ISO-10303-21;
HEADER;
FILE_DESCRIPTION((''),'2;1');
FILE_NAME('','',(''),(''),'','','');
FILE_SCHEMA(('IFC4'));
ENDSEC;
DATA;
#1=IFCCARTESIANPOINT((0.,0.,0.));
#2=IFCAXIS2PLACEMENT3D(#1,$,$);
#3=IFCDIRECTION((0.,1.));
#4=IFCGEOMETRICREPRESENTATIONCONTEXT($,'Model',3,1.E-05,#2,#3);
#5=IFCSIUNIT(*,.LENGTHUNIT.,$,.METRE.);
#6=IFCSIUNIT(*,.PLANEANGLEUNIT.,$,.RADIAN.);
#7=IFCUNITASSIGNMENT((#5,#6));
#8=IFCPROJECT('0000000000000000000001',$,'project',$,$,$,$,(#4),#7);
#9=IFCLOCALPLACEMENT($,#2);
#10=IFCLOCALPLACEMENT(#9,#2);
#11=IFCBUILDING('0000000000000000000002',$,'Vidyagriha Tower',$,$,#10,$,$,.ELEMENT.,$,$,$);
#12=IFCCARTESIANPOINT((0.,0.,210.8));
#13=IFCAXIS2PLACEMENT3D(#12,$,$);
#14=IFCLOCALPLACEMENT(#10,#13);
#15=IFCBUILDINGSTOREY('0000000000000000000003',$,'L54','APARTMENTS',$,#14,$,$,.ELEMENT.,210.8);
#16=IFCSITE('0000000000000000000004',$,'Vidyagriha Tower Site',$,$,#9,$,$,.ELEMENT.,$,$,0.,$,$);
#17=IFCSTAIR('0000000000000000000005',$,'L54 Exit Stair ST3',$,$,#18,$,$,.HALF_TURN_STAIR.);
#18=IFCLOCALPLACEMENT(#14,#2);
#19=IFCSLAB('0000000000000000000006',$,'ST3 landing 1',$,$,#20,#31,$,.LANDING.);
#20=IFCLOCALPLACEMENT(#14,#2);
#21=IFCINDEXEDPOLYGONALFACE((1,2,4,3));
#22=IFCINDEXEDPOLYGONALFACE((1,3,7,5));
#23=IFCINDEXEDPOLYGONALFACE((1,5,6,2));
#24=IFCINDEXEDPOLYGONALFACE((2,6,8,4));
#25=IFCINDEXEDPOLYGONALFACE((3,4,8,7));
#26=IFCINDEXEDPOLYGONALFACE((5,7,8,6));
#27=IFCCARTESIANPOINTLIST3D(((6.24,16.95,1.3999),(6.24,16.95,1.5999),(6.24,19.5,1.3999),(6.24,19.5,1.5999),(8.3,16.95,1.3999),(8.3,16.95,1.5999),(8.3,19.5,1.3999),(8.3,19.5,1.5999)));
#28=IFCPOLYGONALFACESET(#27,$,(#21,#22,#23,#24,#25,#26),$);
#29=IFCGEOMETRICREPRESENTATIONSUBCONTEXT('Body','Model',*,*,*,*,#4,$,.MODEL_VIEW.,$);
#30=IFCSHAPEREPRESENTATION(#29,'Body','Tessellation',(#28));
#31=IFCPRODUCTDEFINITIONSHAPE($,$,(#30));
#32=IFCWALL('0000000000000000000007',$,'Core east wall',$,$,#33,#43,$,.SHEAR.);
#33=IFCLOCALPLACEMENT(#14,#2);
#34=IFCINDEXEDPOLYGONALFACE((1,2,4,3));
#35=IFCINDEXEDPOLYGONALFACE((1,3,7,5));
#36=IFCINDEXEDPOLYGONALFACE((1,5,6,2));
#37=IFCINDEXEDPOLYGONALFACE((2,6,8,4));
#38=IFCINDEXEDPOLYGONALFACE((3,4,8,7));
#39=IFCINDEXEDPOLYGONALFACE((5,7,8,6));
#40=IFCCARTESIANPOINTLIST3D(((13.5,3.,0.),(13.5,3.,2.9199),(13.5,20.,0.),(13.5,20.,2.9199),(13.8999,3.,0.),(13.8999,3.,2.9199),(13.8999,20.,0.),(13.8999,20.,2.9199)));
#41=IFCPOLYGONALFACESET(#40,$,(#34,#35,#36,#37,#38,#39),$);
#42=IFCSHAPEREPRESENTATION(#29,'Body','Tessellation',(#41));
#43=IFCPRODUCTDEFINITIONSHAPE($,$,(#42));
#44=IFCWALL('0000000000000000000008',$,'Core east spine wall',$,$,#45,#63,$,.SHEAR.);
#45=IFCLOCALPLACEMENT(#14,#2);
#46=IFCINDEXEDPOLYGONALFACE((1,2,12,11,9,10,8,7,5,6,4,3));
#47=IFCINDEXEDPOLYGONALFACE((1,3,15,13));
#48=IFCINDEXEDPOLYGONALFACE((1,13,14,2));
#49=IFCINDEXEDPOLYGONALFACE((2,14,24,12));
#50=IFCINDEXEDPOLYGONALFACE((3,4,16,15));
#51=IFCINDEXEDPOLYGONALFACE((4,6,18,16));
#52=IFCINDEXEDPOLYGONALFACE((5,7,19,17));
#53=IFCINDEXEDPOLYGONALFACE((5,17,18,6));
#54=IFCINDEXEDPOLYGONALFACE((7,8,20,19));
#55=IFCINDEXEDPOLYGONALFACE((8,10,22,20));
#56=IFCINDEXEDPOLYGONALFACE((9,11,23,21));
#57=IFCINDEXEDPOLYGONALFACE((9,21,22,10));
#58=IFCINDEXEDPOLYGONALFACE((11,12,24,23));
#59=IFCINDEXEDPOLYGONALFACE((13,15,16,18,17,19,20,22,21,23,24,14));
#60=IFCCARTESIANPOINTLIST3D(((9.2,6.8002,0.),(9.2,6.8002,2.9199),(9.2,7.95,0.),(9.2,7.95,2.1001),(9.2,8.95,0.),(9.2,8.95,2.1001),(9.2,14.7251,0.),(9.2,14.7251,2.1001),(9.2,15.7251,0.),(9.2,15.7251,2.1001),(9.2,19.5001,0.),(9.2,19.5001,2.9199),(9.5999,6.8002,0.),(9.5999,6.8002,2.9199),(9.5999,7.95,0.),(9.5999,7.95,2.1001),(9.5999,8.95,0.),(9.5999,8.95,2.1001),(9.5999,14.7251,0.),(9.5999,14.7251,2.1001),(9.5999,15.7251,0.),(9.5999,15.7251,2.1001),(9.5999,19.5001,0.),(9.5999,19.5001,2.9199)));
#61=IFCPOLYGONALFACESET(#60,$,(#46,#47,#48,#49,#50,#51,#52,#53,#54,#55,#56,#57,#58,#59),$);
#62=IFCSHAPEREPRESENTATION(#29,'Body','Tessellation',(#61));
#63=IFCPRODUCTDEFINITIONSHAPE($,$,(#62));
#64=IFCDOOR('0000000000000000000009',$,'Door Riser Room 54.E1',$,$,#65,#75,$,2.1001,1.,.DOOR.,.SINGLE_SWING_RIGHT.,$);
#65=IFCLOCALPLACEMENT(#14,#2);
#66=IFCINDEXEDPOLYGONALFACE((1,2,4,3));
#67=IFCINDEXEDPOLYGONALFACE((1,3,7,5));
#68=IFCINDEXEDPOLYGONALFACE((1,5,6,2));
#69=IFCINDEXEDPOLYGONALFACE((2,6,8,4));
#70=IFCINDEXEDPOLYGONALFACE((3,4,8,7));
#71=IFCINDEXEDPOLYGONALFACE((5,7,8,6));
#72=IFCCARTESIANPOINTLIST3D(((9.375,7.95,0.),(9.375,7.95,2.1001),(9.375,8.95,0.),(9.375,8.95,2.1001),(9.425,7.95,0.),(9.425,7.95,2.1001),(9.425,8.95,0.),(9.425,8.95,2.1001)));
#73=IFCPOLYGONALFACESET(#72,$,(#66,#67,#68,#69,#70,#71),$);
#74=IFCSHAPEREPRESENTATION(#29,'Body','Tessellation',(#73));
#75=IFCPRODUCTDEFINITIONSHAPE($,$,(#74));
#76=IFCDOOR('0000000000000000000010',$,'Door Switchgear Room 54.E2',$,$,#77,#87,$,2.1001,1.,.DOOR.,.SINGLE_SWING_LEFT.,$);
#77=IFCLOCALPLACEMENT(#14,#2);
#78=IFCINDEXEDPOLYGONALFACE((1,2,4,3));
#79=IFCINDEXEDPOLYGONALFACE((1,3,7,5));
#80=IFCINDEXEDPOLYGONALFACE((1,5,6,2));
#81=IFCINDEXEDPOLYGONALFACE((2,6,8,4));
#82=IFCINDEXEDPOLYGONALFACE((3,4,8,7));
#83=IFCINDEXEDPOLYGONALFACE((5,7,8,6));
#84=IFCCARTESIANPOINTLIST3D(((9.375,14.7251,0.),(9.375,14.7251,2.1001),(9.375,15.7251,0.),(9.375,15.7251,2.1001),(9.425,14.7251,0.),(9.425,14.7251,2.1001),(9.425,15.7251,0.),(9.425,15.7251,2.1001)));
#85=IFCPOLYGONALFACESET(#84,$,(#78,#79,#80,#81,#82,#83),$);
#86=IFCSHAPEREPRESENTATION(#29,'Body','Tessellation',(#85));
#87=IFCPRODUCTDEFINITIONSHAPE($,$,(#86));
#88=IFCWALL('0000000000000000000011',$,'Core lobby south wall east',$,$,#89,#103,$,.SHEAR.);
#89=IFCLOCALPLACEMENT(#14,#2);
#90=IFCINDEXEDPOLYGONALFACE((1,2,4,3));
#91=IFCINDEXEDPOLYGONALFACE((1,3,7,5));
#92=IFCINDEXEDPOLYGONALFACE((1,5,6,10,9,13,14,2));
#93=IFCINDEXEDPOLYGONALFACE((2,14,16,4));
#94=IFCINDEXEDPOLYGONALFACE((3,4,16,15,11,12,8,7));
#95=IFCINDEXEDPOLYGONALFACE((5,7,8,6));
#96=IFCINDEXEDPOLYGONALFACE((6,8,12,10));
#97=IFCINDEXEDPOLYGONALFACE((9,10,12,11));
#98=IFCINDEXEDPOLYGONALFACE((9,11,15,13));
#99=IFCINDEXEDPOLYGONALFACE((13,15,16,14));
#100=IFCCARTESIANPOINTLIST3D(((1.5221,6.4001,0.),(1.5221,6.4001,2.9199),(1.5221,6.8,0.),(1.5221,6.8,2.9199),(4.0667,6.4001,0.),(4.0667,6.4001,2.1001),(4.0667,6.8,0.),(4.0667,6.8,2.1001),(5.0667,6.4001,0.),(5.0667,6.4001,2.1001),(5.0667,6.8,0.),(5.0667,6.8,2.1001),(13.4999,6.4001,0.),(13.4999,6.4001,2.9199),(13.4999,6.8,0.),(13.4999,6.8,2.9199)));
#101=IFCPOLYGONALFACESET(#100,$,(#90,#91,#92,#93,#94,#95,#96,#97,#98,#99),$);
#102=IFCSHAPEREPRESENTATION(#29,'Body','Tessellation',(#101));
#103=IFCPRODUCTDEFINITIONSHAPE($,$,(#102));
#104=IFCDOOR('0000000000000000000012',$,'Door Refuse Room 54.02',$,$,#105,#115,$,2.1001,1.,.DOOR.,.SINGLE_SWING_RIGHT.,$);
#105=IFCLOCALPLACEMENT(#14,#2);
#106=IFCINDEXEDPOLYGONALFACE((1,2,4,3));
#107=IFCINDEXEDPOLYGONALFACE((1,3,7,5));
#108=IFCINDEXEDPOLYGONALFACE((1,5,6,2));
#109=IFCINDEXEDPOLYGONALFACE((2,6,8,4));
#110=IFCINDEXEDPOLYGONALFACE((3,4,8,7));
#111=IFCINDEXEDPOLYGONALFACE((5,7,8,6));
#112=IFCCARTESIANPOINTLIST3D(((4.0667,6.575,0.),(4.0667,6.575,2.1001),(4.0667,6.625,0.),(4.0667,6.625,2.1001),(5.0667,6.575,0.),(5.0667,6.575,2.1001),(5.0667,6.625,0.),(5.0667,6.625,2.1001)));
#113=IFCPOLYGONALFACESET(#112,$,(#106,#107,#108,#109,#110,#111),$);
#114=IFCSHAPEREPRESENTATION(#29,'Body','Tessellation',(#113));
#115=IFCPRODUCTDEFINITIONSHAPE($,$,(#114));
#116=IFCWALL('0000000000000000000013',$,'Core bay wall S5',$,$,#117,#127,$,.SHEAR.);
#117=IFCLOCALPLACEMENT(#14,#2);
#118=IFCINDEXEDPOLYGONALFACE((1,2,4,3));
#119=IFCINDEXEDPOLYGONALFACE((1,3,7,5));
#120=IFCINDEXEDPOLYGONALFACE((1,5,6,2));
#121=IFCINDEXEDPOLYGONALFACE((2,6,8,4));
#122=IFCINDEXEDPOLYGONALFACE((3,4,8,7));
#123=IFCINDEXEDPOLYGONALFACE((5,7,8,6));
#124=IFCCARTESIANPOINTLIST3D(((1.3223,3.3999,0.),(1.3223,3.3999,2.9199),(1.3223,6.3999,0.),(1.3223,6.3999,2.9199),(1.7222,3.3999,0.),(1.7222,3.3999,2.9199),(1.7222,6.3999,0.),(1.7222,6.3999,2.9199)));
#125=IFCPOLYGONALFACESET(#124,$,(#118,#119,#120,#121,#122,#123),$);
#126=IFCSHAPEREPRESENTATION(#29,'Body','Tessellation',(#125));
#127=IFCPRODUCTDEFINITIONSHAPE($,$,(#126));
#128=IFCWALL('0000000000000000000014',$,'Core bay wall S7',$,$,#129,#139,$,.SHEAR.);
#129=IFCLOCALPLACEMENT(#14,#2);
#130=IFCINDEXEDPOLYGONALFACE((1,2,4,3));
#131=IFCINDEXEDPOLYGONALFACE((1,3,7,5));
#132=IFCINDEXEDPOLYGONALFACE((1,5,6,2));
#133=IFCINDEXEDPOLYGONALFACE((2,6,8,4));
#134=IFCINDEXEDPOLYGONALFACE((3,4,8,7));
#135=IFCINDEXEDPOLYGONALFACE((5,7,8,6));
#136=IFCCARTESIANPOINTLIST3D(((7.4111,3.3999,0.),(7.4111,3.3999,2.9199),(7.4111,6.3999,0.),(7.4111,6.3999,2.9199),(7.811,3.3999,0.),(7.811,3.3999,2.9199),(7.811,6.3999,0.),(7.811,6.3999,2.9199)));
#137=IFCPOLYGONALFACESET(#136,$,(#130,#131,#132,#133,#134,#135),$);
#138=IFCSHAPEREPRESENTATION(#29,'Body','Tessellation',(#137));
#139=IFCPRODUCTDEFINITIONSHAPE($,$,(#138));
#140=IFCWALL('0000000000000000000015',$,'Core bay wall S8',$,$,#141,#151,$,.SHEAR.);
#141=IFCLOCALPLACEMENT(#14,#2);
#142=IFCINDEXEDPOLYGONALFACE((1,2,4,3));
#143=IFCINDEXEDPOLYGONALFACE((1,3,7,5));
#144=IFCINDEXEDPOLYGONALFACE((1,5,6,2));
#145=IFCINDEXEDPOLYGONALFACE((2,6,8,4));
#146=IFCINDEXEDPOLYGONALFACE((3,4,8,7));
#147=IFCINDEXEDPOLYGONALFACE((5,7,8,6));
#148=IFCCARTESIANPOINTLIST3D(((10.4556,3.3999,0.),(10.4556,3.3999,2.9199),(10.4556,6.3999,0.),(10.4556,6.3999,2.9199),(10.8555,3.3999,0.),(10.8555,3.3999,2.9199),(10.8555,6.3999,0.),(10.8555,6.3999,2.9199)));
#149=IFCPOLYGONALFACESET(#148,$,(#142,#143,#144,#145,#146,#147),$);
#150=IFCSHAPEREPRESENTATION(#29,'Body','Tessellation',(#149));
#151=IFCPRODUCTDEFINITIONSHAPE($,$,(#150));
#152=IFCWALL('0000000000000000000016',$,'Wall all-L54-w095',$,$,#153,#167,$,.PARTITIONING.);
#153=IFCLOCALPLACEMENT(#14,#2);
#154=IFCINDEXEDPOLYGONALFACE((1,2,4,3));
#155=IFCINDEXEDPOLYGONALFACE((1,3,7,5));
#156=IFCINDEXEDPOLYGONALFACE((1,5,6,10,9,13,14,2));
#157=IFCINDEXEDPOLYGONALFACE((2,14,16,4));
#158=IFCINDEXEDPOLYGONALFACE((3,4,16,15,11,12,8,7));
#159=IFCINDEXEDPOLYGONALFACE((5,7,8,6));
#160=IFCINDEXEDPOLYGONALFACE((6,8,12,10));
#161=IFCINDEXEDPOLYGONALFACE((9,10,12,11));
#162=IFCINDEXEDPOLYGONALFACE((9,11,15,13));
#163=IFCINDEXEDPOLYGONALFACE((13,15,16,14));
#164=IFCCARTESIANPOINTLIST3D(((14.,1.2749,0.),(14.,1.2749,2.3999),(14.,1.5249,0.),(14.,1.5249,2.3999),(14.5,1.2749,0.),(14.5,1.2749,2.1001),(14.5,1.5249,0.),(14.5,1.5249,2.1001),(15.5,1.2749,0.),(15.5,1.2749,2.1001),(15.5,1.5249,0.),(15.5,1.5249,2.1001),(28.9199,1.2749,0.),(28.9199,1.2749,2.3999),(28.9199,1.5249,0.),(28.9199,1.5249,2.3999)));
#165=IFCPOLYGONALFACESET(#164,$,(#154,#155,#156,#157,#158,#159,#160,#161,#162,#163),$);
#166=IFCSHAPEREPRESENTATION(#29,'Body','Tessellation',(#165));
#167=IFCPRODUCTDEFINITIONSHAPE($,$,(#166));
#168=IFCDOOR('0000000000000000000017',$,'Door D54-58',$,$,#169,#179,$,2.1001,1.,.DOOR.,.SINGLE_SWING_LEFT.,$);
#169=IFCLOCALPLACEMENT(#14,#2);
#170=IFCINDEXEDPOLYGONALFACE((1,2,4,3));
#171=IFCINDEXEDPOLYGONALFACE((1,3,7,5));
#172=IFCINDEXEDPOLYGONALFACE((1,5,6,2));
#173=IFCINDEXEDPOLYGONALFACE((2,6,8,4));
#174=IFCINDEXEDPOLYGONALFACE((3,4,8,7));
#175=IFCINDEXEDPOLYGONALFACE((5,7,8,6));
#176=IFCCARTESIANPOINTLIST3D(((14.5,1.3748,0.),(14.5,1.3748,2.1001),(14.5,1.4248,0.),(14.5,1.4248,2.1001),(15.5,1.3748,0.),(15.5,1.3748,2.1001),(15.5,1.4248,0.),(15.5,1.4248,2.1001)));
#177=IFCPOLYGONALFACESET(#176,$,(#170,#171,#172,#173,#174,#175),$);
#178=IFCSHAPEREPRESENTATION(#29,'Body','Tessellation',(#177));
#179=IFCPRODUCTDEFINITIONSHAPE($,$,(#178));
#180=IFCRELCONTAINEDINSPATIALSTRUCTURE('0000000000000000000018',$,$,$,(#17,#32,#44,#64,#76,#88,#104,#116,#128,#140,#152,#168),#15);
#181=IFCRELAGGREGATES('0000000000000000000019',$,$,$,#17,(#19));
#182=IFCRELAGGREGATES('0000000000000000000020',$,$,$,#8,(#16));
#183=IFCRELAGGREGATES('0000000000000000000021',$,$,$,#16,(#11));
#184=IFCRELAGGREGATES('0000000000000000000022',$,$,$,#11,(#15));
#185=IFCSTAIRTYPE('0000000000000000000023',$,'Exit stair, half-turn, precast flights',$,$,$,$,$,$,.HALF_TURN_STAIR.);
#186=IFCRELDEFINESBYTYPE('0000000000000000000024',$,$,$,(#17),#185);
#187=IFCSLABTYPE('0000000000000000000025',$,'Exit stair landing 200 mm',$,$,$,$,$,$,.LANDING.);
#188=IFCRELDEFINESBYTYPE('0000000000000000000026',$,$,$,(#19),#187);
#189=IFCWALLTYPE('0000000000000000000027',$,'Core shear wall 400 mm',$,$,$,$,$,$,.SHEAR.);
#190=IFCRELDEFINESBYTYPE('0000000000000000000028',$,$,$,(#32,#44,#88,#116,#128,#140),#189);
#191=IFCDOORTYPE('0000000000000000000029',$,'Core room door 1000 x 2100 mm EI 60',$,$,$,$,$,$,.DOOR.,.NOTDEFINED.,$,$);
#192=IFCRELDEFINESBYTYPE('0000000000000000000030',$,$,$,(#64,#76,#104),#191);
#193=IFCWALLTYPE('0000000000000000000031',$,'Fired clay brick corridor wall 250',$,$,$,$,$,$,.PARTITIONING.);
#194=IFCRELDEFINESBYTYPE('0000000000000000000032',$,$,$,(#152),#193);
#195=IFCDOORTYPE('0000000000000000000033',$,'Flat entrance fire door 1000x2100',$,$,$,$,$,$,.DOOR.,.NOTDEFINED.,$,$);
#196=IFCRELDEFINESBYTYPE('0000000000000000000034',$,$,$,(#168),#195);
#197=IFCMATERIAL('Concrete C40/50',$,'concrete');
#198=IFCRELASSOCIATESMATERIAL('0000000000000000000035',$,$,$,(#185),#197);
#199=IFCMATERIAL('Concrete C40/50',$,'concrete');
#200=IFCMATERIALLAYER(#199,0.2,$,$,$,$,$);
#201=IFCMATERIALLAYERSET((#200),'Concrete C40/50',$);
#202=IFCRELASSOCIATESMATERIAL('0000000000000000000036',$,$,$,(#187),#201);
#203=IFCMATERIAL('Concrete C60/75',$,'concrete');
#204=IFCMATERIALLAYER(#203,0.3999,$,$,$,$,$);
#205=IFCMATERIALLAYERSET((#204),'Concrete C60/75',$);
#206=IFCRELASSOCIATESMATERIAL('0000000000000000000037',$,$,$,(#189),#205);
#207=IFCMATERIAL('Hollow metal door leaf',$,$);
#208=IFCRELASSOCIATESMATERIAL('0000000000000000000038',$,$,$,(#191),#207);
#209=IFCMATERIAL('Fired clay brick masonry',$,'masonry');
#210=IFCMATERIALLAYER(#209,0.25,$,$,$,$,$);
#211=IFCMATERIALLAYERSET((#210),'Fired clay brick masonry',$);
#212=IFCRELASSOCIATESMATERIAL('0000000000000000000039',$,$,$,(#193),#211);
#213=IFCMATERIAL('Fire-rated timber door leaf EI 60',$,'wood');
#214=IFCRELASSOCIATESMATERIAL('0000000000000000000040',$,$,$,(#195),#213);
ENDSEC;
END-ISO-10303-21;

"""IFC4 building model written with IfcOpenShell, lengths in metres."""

from ifc_helpers import new_model, si_unit, direction, frame, frame_2d, origin, place, context, subcontext, project, spatial, polyline, rectangle, outline, extrude, material, layer, layer_set, type_object, element, fill, aggregate, save


model = new_model("IFC4")

# Units and contexts
model_context = context("Model", 3, precision=1e-05, world=origin(), true_north=direction((0.0, 1.0)))
body_context = subcontext(model_context, "Body", "Model", "MODEL_VIEW")
ifc_project = project(units=[si_unit("LENGTHUNIT", "METRE"), si_unit("PLANEANGLEUNIT", "RADIAN")], contexts=[model_context])

# Site, building, storey
site_placement = place(None, origin())
site = spatial("IfcSite", under=ifc_project, at=site_placement, Name="Vidyagriha Tower Site", CompositionType="ELEMENT", RefElevation=0.0)
building_placement = place(site_placement, origin())
building = spatial("IfcBuilding", under=site, at=building_placement, Name="Vidyagriha Tower", CompositionType="ELEMENT")
storey_placement = place(building_placement, frame((0.0, 0.0, 210.8)))
storey = spatial("IfcBuildingStorey", under=building, at=storey_placement, Name="L54", Description="APARTMENTS", CompositionType="ELEMENT", Elevation=210.8)

# Stair, slab
ifc_material_1 = material(Name="Concrete C40/50", Category="concrete")
stair_type = type_object("IfcStairType", Name="Exit stair, half-turn, precast flights", PredefinedType="HALF_TURN_STAIR", material=ifc_material_1)
stair_placement = place(storey_placement, origin())
stair = element("IfcStair", 1, at=stair_placement, inside=storey, type_object=stair_type, Name="L54 Exit Stair ST3", PredefinedType="HALF_TURN_STAIR")
ifc_material_2 = material(Name="Concrete C40/50", Category="concrete")
ifc_layer_1 = layer(ifc_material_2, 0.2)
ifc_layer_set_1 = layer_set([ifc_layer_1], Name="Concrete C40/50")
slab_type = type_object("IfcSlabType", Name="Exit stair landing 200 mm", PredefinedType="LANDING", material=ifc_layer_set_1)
slab_placement = place(storey_placement, frame((0.0, 0.0, 1.3999)))
slab = element("IfcSlab", 2, at=slab_placement, type_object=slab_type, Name="ST3 landing 1", PredefinedType="LANDING", context=body_context, shape_type="SweptSolid", body=[
    extrude(outline(polyline([(6.24, 16.95), (8.3, 16.95), (8.3, 19.5), (6.24, 19.5), (6.24, 16.95)])), origin(), (0.0, 0.0, 1.0), 0.2),
])
aggregate(stair, [slab])

# Wall
ifc_material_3 = material(Name="Concrete C60/75", Category="concrete")
ifc_layer_2 = layer(ifc_material_3, 0.3999)
ifc_layer_set_2 = layer_set([ifc_layer_2], Name="Concrete C60/75")
wall_type_1 = type_object("IfcWallType", Name="Core shear wall 400 mm", PredefinedType="SHEAR", material=ifc_layer_set_2)
wall_1_placement = place(storey_placement, frame((13.7, 3.0, 0.0), z_axis=(0.0, 0.0, 1.0), x_axis=(0.0, 1.0, 0.0)))
element("IfcWall", 3, at=wall_1_placement, inside=storey, type_object=wall_type_1, Name="Core east wall", PredefinedType="SHEAR", context=body_context, shape_type="SweptSolid", body=[
    extrude(rectangle(XDim=17.0, YDim=0.3999, at=frame_2d((8.5, 0.0))), origin(), (0.0, 0.0, 1.0), 2.9199),
])

# Wall, openings, doors
wall_2_placement = place(storey_placement, frame((9.3999, 6.8, 0.0), z_axis=(0.0, 0.0, 1.0), x_axis=(0.0, 1.0, 0.0)))
wall_2 = element("IfcWall", 4, at=wall_2_placement, inside=storey, type_object=wall_type_1, Name="Core east spine wall", PredefinedType="SHEAR", context=body_context, shape_type="SweptSolid", body=[
    extrude(rectangle(XDim=12.7, YDim=0.3999, at=frame_2d((6.3501, 0.0))), origin(), (0.0, 0.0, 1.0), 2.9199),
])
opening_1_placement = place(wall_2_placement, frame((1.1499, 0.0, 0.0)))
opening_1 = element("IfcOpeningElement", 5, at=opening_1_placement, cuts=wall_2, PredefinedType="OPENING", context=body_context, shape_type="SweptSolid", body=[
    extrude(rectangle(XDim=1.0, YDim=2.1001, at=frame_2d((0.5, 1.05))), frame((0.0, 0.21, 0.0), z_axis=(0.0, -1.0, 0.0), x_axis=(1.0, 0.0, 0.0)), (0.0, 0.0, 1.0), 0.4199),
])
opening_2_placement = place(wall_2_placement, frame((7.925, 0.0, 0.0)))
opening_2 = element("IfcOpeningElement", 6, at=opening_2_placement, cuts=wall_2, PredefinedType="OPENING", context=body_context, shape_type="SweptSolid", body=[
    extrude(rectangle(XDim=1.0, YDim=2.1001, at=frame_2d((0.5, 1.05))), frame((0.0, 0.21, 0.0), z_axis=(0.0, -1.0, 0.0), x_axis=(1.0, 0.0, 0.0)), (0.0, 0.0, 1.0), 0.4199),
])
ifc_material_4 = material(Name="Hollow metal door leaf")
door_type_1 = type_object("IfcDoorType", Name="Core room door 1000 x 2100 mm EI 60", OperationType="NOTDEFINED", PredefinedType="DOOR", material=ifc_material_4)
door_1_placement = place(opening_1_placement, origin())
door_1 = element("IfcDoor", 7, at=door_1_placement, inside=storey, type_object=door_type_1, Name="Door Riser Room 54.E1", OperationType="SINGLE_SWING_RIGHT", OverallHeight=2.1001, OverallWidth=1.0, PredefinedType="DOOR", context=body_context, shape_type="SweptSolid", body=[
    extrude(rectangle(XDim=1.0, YDim=2.1001, at=frame_2d((0.5, 1.05))), frame((0.0, 0.0249, 0.0), z_axis=(0.0, -1.0, 0.0), x_axis=(1.0, 0.0, 0.0)), (0.0, 0.0, 1.0), 0.05),
])
fill(opening_1, door_1)
door_2_placement = place(opening_2_placement, origin())
door_2 = element("IfcDoor", 8, at=door_2_placement, inside=storey, type_object=door_type_1, Name="Door Switchgear Room 54.E2", OperationType="SINGLE_SWING_LEFT", OverallHeight=2.1001, OverallWidth=1.0, PredefinedType="DOOR", context=body_context, shape_type="SweptSolid", body=[
    extrude(rectangle(XDim=1.0, YDim=2.1001, at=frame_2d((0.5, 1.05))), frame((0.0, 0.0249, 0.0), z_axis=(0.0, -1.0, 0.0), x_axis=(1.0, 0.0, 0.0)), (0.0, 0.0, 1.0), 0.05),
])
fill(opening_2, door_2)

# Wall, opening, door
wall_3_placement = place(storey_placement, frame((1.5222, 6.6001, 0.0)))
wall_3 = element("IfcWall", 9, at=wall_3_placement, inside=storey, type_object=wall_type_1, Name="Core lobby south wall east", PredefinedType="SHEAR", context=body_context, shape_type="SweptSolid", body=[
    extrude(rectangle(XDim=11.9778, YDim=0.3999, at=frame_2d((5.9888, 0.0))), origin(), (0.0, 0.0, 1.0), 2.9199),
])
opening_3_placement = place(wall_3_placement, frame((2.5444, 0.0, 0.0)))
opening_3 = element("IfcOpeningElement", 10, at=opening_3_placement, cuts=wall_3, PredefinedType="OPENING", context=body_context, shape_type="SweptSolid", body=[
    extrude(rectangle(XDim=1.0, YDim=2.1001, at=frame_2d((0.5, 1.05))), frame((0.0, 0.21, 0.0), z_axis=(0.0, -1.0, 0.0), x_axis=(1.0, 0.0, 0.0)), (0.0, 0.0, 1.0), 0.4199),
])
door_3_placement = place(opening_3_placement, origin())
door_3 = element("IfcDoor", 11, at=door_3_placement, inside=storey, type_object=door_type_1, Name="Door Refuse Room 54.02", OperationType="SINGLE_SWING_RIGHT", OverallHeight=2.1001, OverallWidth=1.0, PredefinedType="DOOR", context=body_context, shape_type="SweptSolid", body=[
    extrude(rectangle(XDim=1.0, YDim=2.1001, at=frame_2d((0.5, 1.05))), frame((0.0, 0.0249, 0.0), z_axis=(0.0, -1.0, 0.0), x_axis=(1.0, 0.0, 0.0)), (0.0, 0.0, 1.0), 0.05),
])
fill(opening_3, door_3)

# Walls
for number, where, z_axis, x_axis, name in (
    (12, (1.5222, 3.3999, 0.0), (0.0, 0.0, 1.0), (0.0, 1.0, 0.0), "Core bay wall S5"),
    (13, (7.6111, 3.3999, 0.0), (0.0, 0.0, 1.0), (0.0, 1.0, 0.0), "Core bay wall S7"),
    (14, (10.6555, 3.3999, 0.0), (0.0, 0.0, 1.0), (0.0, 1.0, 0.0), "Core bay wall S8"),
):
    element("IfcWall", number, at=place(storey_placement, frame(where, z_axis=z_axis, x_axis=x_axis)), inside=storey, type_object=wall_type_1, Name=name, PredefinedType="SHEAR", context=body_context, shape_type="SweptSolid", body=[
        extrude(rectangle(XDim=3.0, YDim=0.3999, at=frame_2d((1.5, 0.0))), origin(), (0.0, 0.0, 1.0), 2.9199),
    ])

# Wall, opening, door
ifc_material_5 = material(Name="Fired clay brick masonry", Category="masonry")
ifc_layer_3 = layer(ifc_material_5, 0.25)
ifc_layer_set_3 = layer_set([ifc_layer_3], Name="Fired clay brick masonry")
wall_type_2 = type_object("IfcWallType", Name="Fired clay brick corridor wall 250", PredefinedType="PARTITIONING", material=ifc_layer_set_3)
wall_4_placement = place(storey_placement, frame((14.0, 1.3999, 0.0)))
wall_4 = element("IfcWall", 15, at=wall_4_placement, inside=storey, type_object=wall_type_2, Name="Wall all-L54-w095", PredefinedType="PARTITIONING", context=body_context, shape_type="SweptSolid", body=[
    extrude(rectangle(XDim=14.9199, YDim=0.25, at=frame_2d((7.46, 0.0))), origin(), (0.0, 0.0, 1.0), 2.3999),
])
opening_4_placement = place(wall_4_placement, frame((0.5, 0.0, 0.0)))
opening_4 = element("IfcOpeningElement", 16, at=opening_4_placement, cuts=wall_4, PredefinedType="OPENING", context=body_context, shape_type="SweptSolid", body=[
    extrude(rectangle(XDim=1.0, YDim=2.1001, at=frame_2d((0.5, 1.05))), frame((0.0, 0.135, 0.0), z_axis=(0.0, -1.0, 0.0), x_axis=(1.0, 0.0, 0.0)), (0.0, 0.0, 1.0), 0.27),
])
ifc_material_6 = material(Name="Fire-rated timber door leaf EI 60", Category="wood")
door_type_2 = type_object("IfcDoorType", Name="Flat entrance fire door 1000x2100", OperationType="NOTDEFINED", PredefinedType="DOOR", material=ifc_material_6)
door_4_placement = place(opening_4_placement, origin())
door_4 = element("IfcDoor", 17, at=door_4_placement, inside=storey, type_object=door_type_2, Name="Door D54-58", OperationType="SINGLE_SWING_LEFT", OverallHeight=2.1001, OverallWidth=1.0, PredefinedType="DOOR", context=body_context, shape_type="SweptSolid", body=[
    extrude(rectangle(XDim=1.0, YDim=2.1001, at=frame_2d((0.5, 1.05))), frame((0.0, 0.0249, 0.0), z_axis=(0.0, -1.0, 0.0), x_axis=(1.0, 0.0, 0.0)), (0.0, 0.0, 1.0), 0.05),
])
fill(opening_4, door_4)

save(model, "model.ifc")
